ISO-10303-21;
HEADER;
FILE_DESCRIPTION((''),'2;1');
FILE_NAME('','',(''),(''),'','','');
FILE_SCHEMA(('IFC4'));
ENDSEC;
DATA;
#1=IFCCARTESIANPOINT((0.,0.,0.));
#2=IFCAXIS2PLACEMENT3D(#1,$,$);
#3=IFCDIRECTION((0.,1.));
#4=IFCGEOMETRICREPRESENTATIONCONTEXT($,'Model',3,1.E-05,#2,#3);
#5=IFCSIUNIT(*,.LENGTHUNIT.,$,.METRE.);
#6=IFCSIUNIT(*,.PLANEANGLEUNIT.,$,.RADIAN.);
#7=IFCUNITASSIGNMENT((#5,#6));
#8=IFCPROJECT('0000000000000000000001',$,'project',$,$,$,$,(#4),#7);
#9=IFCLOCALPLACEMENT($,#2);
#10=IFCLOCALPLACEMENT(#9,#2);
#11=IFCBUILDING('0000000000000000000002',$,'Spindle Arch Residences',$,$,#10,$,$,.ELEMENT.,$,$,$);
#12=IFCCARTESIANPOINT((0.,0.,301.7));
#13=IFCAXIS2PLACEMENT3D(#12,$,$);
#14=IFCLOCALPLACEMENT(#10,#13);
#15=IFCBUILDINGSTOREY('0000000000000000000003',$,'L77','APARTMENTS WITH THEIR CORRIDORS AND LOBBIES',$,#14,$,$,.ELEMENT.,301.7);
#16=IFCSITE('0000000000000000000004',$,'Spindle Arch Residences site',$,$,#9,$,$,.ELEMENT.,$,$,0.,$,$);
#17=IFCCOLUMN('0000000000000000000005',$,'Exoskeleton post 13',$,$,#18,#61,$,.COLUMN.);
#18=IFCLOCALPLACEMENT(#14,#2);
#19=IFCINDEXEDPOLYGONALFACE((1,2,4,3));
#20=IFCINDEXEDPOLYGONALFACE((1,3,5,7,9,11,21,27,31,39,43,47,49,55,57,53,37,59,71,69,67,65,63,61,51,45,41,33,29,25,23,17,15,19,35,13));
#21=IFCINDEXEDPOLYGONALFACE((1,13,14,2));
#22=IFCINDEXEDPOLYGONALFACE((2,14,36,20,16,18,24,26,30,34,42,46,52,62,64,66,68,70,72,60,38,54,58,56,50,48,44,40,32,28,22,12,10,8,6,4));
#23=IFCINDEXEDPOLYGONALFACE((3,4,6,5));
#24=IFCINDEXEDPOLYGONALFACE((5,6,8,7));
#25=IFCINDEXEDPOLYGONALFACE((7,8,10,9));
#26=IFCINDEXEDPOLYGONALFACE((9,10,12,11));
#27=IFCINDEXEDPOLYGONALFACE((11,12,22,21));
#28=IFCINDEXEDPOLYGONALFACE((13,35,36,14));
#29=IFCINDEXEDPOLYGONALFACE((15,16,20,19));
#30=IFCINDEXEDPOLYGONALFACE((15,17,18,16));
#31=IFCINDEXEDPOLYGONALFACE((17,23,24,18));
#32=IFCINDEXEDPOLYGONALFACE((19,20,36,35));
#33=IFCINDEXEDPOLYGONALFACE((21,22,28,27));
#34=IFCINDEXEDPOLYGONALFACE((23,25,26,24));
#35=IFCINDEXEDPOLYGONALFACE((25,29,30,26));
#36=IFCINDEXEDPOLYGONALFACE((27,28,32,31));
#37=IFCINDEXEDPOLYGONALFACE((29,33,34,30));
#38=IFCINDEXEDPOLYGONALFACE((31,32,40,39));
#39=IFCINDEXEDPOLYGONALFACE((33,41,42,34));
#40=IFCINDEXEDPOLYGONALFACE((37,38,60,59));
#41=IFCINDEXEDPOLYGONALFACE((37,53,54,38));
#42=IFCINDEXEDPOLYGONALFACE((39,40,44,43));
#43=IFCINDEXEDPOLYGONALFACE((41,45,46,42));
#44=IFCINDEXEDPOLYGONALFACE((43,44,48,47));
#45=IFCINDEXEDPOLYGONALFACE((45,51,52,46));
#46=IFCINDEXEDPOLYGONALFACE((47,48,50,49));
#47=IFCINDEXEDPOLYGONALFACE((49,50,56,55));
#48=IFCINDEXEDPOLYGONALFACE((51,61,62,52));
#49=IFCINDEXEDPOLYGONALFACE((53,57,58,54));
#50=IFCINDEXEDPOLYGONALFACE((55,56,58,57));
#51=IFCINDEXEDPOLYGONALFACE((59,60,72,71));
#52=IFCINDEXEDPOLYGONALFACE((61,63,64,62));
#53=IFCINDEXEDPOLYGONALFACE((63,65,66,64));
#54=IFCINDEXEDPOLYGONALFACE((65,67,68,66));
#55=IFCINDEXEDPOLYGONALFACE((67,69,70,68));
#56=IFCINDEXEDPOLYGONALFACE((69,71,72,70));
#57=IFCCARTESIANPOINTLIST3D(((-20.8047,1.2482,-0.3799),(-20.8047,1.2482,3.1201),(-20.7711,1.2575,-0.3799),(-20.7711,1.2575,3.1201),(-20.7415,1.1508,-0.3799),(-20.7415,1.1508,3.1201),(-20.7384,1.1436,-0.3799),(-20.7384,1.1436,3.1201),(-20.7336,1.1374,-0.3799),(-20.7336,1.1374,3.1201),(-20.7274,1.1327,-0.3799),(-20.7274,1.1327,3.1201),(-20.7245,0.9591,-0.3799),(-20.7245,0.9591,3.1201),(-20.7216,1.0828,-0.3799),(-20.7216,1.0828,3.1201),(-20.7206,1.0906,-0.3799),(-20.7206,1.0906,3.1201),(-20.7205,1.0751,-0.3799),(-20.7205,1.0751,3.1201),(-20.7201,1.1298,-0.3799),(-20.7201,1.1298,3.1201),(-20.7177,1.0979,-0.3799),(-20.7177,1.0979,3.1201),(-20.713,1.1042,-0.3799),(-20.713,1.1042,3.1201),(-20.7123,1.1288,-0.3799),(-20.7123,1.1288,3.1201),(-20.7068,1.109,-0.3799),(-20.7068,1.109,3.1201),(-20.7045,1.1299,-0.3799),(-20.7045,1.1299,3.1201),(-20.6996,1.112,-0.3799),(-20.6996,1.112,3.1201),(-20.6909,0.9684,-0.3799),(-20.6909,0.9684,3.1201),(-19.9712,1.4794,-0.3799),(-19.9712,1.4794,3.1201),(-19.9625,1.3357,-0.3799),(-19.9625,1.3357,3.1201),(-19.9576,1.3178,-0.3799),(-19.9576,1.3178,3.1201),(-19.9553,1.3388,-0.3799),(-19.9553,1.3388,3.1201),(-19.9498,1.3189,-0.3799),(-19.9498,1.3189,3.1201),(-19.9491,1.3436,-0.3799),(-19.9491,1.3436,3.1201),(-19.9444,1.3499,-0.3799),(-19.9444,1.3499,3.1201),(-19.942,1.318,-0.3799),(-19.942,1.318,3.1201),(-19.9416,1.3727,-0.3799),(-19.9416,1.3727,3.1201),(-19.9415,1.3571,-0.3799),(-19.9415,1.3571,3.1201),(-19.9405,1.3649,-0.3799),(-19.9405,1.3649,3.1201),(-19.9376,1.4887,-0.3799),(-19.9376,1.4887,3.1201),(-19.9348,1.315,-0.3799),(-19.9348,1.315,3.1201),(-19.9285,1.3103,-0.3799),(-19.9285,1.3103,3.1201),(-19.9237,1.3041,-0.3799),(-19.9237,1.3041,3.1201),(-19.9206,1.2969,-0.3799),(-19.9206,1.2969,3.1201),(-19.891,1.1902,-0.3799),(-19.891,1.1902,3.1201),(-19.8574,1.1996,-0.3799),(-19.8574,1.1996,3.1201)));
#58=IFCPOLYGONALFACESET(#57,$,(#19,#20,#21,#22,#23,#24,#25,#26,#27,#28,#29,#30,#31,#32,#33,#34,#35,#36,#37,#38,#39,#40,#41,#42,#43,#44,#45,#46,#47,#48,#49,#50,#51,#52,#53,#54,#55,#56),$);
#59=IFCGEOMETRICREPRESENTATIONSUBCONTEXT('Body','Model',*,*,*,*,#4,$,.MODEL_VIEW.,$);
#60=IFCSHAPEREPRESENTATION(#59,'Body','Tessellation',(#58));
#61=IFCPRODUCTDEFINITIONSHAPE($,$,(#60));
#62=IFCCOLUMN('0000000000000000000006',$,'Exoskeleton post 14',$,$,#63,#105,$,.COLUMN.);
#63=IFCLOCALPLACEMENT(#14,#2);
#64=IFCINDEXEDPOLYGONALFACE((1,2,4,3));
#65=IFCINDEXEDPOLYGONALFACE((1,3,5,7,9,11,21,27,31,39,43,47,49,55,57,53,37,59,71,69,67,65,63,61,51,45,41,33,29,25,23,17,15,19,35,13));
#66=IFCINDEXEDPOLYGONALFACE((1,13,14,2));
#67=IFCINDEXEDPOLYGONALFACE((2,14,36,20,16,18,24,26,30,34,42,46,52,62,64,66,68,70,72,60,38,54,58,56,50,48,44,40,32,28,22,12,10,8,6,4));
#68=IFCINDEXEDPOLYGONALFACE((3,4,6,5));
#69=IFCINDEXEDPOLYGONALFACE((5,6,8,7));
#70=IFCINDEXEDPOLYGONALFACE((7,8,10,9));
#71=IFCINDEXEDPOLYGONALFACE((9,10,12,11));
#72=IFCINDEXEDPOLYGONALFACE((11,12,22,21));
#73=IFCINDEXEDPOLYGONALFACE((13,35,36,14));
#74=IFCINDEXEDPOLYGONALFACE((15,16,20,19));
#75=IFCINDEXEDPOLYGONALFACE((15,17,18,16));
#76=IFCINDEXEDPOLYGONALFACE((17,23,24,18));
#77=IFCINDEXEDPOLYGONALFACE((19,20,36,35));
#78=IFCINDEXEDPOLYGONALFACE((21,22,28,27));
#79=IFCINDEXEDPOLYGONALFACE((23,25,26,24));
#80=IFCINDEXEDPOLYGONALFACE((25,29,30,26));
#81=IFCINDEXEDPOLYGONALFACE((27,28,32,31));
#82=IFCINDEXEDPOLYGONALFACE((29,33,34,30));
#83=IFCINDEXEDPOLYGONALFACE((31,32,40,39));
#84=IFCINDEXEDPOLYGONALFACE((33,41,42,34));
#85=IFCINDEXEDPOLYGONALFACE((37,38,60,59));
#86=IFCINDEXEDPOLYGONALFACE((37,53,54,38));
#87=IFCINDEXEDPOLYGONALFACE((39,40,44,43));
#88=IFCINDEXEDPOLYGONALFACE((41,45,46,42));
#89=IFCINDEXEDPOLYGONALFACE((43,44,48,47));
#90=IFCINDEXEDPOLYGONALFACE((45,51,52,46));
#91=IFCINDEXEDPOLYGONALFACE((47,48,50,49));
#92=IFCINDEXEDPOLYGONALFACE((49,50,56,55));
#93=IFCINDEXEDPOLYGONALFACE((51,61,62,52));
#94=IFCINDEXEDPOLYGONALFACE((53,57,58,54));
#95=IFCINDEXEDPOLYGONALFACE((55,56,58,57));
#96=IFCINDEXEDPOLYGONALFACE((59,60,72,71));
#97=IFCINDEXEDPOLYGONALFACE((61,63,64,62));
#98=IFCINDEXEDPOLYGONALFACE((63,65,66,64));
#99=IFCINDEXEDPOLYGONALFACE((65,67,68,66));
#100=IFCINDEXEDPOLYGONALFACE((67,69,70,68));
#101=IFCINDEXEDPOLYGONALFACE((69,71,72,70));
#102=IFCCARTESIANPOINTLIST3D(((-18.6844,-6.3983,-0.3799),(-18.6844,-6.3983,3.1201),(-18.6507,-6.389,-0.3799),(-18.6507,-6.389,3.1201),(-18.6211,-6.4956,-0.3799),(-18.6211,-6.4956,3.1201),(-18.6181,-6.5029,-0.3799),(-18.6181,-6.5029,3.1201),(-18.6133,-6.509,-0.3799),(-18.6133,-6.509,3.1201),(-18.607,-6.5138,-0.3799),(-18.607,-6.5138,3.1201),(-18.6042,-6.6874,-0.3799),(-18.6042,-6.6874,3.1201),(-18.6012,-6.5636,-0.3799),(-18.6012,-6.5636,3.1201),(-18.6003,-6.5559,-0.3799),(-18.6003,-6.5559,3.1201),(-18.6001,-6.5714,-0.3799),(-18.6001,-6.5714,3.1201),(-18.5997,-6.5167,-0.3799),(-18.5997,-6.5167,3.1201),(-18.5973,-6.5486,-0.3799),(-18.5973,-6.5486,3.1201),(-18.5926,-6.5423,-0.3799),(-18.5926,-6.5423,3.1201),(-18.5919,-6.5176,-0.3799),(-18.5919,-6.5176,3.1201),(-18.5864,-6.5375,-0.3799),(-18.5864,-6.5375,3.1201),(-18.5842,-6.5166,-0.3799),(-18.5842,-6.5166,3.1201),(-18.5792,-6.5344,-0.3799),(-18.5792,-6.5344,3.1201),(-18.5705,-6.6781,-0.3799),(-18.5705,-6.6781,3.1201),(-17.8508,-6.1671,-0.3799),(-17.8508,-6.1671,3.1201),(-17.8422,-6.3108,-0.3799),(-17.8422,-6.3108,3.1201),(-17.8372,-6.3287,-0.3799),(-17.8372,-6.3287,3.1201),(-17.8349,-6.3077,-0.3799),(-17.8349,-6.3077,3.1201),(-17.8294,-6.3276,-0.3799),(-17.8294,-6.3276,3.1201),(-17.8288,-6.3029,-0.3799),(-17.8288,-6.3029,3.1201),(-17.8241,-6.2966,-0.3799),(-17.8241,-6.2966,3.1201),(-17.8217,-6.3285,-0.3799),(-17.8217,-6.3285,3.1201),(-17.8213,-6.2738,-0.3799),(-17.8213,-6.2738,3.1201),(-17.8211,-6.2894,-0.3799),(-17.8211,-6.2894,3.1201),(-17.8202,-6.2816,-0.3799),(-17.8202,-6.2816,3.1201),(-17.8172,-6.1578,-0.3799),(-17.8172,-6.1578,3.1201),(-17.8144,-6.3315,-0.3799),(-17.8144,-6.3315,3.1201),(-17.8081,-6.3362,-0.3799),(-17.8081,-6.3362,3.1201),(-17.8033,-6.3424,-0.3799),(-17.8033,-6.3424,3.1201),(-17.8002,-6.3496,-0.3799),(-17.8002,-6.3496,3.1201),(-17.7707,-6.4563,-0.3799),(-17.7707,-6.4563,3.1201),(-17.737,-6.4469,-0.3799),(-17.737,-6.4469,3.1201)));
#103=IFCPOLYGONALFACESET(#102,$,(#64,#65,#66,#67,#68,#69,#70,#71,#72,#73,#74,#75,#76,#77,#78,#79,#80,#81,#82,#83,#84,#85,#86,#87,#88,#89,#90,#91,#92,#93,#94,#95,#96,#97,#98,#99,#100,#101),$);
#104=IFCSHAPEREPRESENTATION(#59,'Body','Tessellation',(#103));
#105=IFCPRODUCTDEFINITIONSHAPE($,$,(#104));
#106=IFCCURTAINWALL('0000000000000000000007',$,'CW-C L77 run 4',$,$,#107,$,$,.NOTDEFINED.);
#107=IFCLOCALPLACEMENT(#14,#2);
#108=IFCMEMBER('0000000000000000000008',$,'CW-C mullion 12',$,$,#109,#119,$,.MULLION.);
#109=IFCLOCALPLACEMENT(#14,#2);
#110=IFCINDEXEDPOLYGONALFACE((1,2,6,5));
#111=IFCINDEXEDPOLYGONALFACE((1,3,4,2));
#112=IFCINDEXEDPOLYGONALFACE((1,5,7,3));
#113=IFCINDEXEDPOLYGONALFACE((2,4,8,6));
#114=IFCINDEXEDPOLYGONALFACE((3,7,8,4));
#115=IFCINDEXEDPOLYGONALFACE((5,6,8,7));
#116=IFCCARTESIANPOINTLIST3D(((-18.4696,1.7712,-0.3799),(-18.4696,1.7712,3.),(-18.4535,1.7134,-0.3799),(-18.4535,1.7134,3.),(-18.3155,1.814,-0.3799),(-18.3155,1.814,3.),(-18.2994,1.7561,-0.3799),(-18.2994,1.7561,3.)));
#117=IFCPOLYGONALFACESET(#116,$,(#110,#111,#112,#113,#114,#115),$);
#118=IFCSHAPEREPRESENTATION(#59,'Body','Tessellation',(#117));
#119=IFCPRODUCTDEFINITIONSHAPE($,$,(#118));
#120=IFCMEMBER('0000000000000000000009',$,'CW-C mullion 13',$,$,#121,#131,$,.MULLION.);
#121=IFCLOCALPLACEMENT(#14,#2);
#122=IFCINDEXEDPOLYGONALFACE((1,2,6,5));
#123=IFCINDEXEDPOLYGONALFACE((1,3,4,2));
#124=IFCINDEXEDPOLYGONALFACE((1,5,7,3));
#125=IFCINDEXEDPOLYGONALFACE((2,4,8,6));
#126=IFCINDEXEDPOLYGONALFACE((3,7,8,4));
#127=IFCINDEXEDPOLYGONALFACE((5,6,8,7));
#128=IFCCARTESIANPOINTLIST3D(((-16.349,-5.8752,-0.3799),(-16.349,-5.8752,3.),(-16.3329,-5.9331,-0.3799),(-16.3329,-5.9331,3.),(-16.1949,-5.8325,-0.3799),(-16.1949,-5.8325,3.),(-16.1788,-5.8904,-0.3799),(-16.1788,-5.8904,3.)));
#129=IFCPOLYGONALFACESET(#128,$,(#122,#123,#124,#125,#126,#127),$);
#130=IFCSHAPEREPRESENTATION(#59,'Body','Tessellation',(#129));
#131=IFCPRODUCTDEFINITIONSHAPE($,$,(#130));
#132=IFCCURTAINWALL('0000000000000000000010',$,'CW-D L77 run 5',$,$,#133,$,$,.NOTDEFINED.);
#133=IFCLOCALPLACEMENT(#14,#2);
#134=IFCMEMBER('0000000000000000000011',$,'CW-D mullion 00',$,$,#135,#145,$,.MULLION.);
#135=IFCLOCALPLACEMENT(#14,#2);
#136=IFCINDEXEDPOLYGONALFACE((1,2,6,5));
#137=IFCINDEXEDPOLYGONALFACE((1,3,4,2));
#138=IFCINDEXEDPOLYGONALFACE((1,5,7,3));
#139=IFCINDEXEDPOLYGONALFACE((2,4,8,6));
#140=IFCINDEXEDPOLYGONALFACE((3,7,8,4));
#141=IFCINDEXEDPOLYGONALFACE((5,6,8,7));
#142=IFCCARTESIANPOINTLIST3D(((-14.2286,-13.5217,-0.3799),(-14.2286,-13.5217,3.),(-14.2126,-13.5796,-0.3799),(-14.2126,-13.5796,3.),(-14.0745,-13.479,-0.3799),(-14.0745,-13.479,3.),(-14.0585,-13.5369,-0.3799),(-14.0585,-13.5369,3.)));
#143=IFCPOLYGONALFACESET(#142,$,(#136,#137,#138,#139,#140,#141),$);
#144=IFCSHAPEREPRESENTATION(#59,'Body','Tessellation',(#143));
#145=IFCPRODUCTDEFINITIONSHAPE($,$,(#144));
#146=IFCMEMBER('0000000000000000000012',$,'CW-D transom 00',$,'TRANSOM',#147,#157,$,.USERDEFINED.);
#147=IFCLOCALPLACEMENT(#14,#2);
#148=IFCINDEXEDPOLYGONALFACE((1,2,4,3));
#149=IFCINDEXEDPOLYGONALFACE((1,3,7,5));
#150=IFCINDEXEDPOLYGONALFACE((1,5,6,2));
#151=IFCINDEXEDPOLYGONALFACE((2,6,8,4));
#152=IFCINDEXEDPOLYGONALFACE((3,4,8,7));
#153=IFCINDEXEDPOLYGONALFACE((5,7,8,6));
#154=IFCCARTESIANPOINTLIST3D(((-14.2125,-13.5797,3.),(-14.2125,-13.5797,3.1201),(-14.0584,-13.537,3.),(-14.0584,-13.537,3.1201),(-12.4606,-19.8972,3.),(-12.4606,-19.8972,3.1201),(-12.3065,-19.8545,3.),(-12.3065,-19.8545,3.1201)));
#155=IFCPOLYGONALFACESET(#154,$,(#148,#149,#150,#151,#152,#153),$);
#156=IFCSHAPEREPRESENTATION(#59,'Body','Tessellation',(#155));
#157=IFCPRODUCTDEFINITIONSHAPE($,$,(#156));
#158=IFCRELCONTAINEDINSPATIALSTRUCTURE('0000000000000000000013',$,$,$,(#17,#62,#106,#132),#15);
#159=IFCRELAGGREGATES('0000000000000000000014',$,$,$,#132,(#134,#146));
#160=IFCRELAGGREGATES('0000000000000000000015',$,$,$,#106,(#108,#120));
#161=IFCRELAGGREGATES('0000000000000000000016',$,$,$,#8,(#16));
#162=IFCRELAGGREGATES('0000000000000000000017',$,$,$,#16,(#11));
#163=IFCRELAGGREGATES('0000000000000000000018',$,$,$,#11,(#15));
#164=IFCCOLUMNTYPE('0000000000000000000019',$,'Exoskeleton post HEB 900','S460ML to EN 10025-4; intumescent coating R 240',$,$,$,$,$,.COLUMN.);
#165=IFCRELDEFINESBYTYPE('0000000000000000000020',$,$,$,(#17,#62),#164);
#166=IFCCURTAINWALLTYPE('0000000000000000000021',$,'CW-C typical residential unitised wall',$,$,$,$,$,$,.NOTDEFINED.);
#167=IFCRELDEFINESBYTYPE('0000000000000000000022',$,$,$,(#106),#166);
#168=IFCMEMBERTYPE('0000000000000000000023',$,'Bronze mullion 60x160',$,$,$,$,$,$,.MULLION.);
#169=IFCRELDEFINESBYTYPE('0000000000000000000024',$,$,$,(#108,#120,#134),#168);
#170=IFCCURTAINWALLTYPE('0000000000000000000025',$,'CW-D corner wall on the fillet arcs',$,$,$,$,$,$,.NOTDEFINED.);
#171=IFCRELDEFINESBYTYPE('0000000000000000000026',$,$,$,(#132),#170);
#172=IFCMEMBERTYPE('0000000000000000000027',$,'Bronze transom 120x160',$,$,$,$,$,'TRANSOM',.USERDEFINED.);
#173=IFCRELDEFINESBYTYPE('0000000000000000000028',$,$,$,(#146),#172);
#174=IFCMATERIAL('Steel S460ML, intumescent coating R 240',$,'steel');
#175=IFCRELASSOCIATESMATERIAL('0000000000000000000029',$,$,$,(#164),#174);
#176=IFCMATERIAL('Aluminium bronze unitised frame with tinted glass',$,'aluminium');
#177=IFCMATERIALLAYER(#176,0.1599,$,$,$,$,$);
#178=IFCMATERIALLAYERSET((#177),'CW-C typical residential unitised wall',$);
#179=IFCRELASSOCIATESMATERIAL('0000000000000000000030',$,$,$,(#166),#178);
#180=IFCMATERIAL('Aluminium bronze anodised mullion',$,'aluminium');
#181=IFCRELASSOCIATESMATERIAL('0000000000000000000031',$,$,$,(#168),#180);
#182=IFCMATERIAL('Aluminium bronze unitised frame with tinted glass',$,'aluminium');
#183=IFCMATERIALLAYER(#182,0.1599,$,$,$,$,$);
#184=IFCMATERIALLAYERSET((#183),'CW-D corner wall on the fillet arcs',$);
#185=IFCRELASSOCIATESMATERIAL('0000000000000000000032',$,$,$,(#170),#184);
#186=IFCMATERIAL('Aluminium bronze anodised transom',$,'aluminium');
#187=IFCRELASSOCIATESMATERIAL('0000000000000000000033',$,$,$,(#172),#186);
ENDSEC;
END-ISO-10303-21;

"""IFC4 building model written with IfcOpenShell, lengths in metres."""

from ifc_helpers import new_model, si_unit, direction, frame, origin, origin_2d, place, context, subcontext, project, spatial, rectangle, i_section, extrude, material, layer, layer_set, material_profile, profile_set, type_object, element, aggregate, save


model = new_model("IFC4")

# Units and contexts
model_context = context("Model", 3, precision=1e-05, world=origin(), true_north=direction((0.0, 1.0)))
body_context = subcontext(model_context, "Body", "Model", "MODEL_VIEW")
ifc_project = project(units=[si_unit("LENGTHUNIT", "METRE"), si_unit("PLANEANGLEUNIT", "RADIAN")], contexts=[model_context])

# Site, building, storey
site_placement = place(None, origin())
site = spatial("IfcSite", under=ifc_project, at=site_placement, Name="Spindle Arch Residences site", CompositionType="ELEMENT", RefElevation=0.0)
building_placement = place(site_placement, origin())
building = spatial("IfcBuilding", under=site, at=building_placement, Name="Spindle Arch Residences", CompositionType="ELEMENT")
storey_placement = place(building_placement, frame((0.0, 0.0, 301.7)))
storey = spatial("IfcBuildingStorey", under=building, at=storey_placement, Name="L77", Description="APARTMENTS WITH THEIR CORRIDORS AND LOBBIES", CompositionType="ELEMENT", Elevation=301.7)

# Columns
ifc_material_1 = material(Name="Steel S460ML, intumescent coating R 240", Category="steel")
ifc_material_profile_1 = material_profile(ifc_material_1, i_section(OverallWidth=0.3, OverallDepth=0.8999, WebThickness=0.0186, FlangeThickness=0.0349, FilletRadius=0.03, at=origin_2d()), Name="HEB 900")
ifc_profile_set_1 = profile_set([ifc_material_profile_1], Name="Steel S460ML, intumescent coating R 240")
column_type = type_object("IfcColumnType", Name="Exoskeleton post HEB 900", Description="S460ML to EN 10025-4; intumescent coating R 240", PredefinedType="COLUMN", material=ifc_profile_set_1)
for number, where, z_axis, x_axis, name in (
    (1, (-20.3311, 1.2239, -0.3799), (0.0, 0.0, 1.0), (-0.267238, 0.963631, 0.0), "Exoskeleton post 13"),
    (2, (-18.2107, -6.4226, -0.3799), (0.0, 0.0, 1.0), (-0.267238, 0.963631, 0.0), "Exoskeleton post 14"),
):
    element("IfcColumn", number, at=place(storey_placement, frame(where, z_axis=z_axis, x_axis=x_axis)), inside=storey, type_object=column_type, Name=name, PredefinedType="COLUMN", context=body_context, shape_type="SweptSolid", body=[
        extrude(i_section(OverallWidth=0.3, OverallDepth=0.8999, WebThickness=0.0186, FlangeThickness=0.0349, FilletRadius=0.03, at=origin_2d()), origin(), (0.0, 0.0, 1.0), 3.5),
    ])

# Curtain walls, members
ifc_material_2 = material(Name="Aluminium bronze unitised frame with tinted glass", Category="aluminium")
ifc_layer_1 = layer(ifc_material_2, 0.1599)
ifc_layer_set_1 = layer_set([ifc_layer_1], Name="CW-C typical residential unitised wall")
curtain_wall_type_1 = type_object("IfcCurtainWallType", Name="CW-C typical residential unitised wall", PredefinedType="NOTDEFINED", material=ifc_layer_set_1)
curtain_wall_1_placement = place(storey_placement, origin())
curtain_wall_1 = element("IfcCurtainWall", 3, at=curtain_wall_1_placement, inside=storey, type_object=curtain_wall_type_1, Name="CW-C L77 run 4", PredefinedType="NOTDEFINED")
ifc_material_3 = material(Name="Aluminium bronze anodised mullion", Category="aluminium")
ifc_material_profile_2 = material_profile(ifc_material_3, rectangle(XDim=0.1599, YDim=0.0601, at=origin_2d()), Name="MU 60x160")
ifc_profile_set_2 = profile_set([ifc_material_profile_2], Name="Aluminium bronze anodised mullion")
member_type_1 = type_object("IfcMemberType", Name="Bronze mullion 60x160", PredefinedType="MULLION", material=ifc_profile_set_2)
member_1_placement = place(storey_placement, frame((-18.3845, 1.7637, -0.3799), z_axis=(0.0, 0.0, 1.0), x_axis=(0.96363, 0.267238, 0.0)))
member_1 = element("IfcMember", 4, at=member_1_placement, type_object=member_type_1, Name="CW-C mullion 12", PredefinedType="MULLION", context=body_context, shape_type="SweptSolid", body=[
    extrude(rectangle(XDim=0.1599, YDim=0.0601, at=origin_2d()), origin(), (0.0, 0.0, 1.0), 3.3799),
])
member_2_placement = place(storey_placement, frame((-16.2639, -5.8828, -0.3799), z_axis=(0.0, 0.0, 1.0), x_axis=(0.96363, 0.267238, 0.0)))
member_2 = element("IfcMember", 5, at=member_2_placement, type_object=member_type_1, Name="CW-C mullion 13", PredefinedType="MULLION", context=body_context, shape_type="SweptSolid", body=[
    extrude(rectangle(XDim=0.1599, YDim=0.0601, at=origin_2d()), origin(), (0.0, 0.0, 1.0), 3.3799),
])
ifc_material_4 = material(Name="Aluminium bronze unitised frame with tinted glass", Category="aluminium")
ifc_layer_2 = layer(ifc_material_4, 0.1599)
ifc_layer_set_2 = layer_set([ifc_layer_2], Name="CW-D corner wall on the fillet arcs")
curtain_wall_type_2 = type_object("IfcCurtainWallType", Name="CW-D corner wall on the fillet arcs", PredefinedType="NOTDEFINED", material=ifc_layer_set_2)
curtain_wall_2_placement = place(storey_placement, origin())
curtain_wall_2 = element("IfcCurtainWall", 6, at=curtain_wall_2_placement, inside=storey, type_object=curtain_wall_type_2, Name="CW-D L77 run 5", PredefinedType="NOTDEFINED")
member_3_placement = place(storey_placement, frame((-14.1436, -13.5293, -0.3799), z_axis=(0.0, 0.0, 1.0), x_axis=(0.96363, 0.267238, 0.0)))
member_3 = element("IfcMember", 7, at=member_3_placement, type_object=member_type_1, Name="CW-D mullion 00", PredefinedType="MULLION", context=body_context, shape_type="SweptSolid", body=[
    extrude(rectangle(XDim=0.1599, YDim=0.0601, at=origin_2d()), origin(), (0.0, 0.0, 1.0), 3.3799),
])
ifc_material_5 = material(Name="Aluminium bronze anodised transom", Category="aluminium")
ifc_material_profile_3 = material_profile(ifc_material_5, rectangle(XDim=0.1599, YDim=0.1201, at=origin_2d()), Name="TR 120x160")
ifc_profile_set_3 = profile_set([ifc_material_profile_3], Name="Aluminium bronze anodised transom")
member_type_2 = type_object("IfcMemberType", Name="Bronze transom 120x160", ElementType="TRANSOM", PredefinedType="USERDEFINED", material=ifc_profile_set_3)
member_4_placement = place(storey_placement, frame((-14.1355, -13.5583, 3.0601), z_axis=(0.267237, -0.963631, 0.0), x_axis=(0.963631, 0.267237, 0.0)))
member_4 = element("IfcMember", 8, at=member_4_placement, type_object=member_type_2, Name="CW-D transom 00", ObjectType="TRANSOM", PredefinedType="USERDEFINED", context=body_context, shape_type="SweptSolid", body=[
    extrude(rectangle(XDim=0.1599, YDim=0.1201, at=origin_2d()), origin(), (0.0, 0.0, 1.0), 6.5559),
])
aggregate(curtain_wall_2, [member_3, member_4])

aggregate(curtain_wall_1, [member_1, member_2])

save(model, "model.ifc")
